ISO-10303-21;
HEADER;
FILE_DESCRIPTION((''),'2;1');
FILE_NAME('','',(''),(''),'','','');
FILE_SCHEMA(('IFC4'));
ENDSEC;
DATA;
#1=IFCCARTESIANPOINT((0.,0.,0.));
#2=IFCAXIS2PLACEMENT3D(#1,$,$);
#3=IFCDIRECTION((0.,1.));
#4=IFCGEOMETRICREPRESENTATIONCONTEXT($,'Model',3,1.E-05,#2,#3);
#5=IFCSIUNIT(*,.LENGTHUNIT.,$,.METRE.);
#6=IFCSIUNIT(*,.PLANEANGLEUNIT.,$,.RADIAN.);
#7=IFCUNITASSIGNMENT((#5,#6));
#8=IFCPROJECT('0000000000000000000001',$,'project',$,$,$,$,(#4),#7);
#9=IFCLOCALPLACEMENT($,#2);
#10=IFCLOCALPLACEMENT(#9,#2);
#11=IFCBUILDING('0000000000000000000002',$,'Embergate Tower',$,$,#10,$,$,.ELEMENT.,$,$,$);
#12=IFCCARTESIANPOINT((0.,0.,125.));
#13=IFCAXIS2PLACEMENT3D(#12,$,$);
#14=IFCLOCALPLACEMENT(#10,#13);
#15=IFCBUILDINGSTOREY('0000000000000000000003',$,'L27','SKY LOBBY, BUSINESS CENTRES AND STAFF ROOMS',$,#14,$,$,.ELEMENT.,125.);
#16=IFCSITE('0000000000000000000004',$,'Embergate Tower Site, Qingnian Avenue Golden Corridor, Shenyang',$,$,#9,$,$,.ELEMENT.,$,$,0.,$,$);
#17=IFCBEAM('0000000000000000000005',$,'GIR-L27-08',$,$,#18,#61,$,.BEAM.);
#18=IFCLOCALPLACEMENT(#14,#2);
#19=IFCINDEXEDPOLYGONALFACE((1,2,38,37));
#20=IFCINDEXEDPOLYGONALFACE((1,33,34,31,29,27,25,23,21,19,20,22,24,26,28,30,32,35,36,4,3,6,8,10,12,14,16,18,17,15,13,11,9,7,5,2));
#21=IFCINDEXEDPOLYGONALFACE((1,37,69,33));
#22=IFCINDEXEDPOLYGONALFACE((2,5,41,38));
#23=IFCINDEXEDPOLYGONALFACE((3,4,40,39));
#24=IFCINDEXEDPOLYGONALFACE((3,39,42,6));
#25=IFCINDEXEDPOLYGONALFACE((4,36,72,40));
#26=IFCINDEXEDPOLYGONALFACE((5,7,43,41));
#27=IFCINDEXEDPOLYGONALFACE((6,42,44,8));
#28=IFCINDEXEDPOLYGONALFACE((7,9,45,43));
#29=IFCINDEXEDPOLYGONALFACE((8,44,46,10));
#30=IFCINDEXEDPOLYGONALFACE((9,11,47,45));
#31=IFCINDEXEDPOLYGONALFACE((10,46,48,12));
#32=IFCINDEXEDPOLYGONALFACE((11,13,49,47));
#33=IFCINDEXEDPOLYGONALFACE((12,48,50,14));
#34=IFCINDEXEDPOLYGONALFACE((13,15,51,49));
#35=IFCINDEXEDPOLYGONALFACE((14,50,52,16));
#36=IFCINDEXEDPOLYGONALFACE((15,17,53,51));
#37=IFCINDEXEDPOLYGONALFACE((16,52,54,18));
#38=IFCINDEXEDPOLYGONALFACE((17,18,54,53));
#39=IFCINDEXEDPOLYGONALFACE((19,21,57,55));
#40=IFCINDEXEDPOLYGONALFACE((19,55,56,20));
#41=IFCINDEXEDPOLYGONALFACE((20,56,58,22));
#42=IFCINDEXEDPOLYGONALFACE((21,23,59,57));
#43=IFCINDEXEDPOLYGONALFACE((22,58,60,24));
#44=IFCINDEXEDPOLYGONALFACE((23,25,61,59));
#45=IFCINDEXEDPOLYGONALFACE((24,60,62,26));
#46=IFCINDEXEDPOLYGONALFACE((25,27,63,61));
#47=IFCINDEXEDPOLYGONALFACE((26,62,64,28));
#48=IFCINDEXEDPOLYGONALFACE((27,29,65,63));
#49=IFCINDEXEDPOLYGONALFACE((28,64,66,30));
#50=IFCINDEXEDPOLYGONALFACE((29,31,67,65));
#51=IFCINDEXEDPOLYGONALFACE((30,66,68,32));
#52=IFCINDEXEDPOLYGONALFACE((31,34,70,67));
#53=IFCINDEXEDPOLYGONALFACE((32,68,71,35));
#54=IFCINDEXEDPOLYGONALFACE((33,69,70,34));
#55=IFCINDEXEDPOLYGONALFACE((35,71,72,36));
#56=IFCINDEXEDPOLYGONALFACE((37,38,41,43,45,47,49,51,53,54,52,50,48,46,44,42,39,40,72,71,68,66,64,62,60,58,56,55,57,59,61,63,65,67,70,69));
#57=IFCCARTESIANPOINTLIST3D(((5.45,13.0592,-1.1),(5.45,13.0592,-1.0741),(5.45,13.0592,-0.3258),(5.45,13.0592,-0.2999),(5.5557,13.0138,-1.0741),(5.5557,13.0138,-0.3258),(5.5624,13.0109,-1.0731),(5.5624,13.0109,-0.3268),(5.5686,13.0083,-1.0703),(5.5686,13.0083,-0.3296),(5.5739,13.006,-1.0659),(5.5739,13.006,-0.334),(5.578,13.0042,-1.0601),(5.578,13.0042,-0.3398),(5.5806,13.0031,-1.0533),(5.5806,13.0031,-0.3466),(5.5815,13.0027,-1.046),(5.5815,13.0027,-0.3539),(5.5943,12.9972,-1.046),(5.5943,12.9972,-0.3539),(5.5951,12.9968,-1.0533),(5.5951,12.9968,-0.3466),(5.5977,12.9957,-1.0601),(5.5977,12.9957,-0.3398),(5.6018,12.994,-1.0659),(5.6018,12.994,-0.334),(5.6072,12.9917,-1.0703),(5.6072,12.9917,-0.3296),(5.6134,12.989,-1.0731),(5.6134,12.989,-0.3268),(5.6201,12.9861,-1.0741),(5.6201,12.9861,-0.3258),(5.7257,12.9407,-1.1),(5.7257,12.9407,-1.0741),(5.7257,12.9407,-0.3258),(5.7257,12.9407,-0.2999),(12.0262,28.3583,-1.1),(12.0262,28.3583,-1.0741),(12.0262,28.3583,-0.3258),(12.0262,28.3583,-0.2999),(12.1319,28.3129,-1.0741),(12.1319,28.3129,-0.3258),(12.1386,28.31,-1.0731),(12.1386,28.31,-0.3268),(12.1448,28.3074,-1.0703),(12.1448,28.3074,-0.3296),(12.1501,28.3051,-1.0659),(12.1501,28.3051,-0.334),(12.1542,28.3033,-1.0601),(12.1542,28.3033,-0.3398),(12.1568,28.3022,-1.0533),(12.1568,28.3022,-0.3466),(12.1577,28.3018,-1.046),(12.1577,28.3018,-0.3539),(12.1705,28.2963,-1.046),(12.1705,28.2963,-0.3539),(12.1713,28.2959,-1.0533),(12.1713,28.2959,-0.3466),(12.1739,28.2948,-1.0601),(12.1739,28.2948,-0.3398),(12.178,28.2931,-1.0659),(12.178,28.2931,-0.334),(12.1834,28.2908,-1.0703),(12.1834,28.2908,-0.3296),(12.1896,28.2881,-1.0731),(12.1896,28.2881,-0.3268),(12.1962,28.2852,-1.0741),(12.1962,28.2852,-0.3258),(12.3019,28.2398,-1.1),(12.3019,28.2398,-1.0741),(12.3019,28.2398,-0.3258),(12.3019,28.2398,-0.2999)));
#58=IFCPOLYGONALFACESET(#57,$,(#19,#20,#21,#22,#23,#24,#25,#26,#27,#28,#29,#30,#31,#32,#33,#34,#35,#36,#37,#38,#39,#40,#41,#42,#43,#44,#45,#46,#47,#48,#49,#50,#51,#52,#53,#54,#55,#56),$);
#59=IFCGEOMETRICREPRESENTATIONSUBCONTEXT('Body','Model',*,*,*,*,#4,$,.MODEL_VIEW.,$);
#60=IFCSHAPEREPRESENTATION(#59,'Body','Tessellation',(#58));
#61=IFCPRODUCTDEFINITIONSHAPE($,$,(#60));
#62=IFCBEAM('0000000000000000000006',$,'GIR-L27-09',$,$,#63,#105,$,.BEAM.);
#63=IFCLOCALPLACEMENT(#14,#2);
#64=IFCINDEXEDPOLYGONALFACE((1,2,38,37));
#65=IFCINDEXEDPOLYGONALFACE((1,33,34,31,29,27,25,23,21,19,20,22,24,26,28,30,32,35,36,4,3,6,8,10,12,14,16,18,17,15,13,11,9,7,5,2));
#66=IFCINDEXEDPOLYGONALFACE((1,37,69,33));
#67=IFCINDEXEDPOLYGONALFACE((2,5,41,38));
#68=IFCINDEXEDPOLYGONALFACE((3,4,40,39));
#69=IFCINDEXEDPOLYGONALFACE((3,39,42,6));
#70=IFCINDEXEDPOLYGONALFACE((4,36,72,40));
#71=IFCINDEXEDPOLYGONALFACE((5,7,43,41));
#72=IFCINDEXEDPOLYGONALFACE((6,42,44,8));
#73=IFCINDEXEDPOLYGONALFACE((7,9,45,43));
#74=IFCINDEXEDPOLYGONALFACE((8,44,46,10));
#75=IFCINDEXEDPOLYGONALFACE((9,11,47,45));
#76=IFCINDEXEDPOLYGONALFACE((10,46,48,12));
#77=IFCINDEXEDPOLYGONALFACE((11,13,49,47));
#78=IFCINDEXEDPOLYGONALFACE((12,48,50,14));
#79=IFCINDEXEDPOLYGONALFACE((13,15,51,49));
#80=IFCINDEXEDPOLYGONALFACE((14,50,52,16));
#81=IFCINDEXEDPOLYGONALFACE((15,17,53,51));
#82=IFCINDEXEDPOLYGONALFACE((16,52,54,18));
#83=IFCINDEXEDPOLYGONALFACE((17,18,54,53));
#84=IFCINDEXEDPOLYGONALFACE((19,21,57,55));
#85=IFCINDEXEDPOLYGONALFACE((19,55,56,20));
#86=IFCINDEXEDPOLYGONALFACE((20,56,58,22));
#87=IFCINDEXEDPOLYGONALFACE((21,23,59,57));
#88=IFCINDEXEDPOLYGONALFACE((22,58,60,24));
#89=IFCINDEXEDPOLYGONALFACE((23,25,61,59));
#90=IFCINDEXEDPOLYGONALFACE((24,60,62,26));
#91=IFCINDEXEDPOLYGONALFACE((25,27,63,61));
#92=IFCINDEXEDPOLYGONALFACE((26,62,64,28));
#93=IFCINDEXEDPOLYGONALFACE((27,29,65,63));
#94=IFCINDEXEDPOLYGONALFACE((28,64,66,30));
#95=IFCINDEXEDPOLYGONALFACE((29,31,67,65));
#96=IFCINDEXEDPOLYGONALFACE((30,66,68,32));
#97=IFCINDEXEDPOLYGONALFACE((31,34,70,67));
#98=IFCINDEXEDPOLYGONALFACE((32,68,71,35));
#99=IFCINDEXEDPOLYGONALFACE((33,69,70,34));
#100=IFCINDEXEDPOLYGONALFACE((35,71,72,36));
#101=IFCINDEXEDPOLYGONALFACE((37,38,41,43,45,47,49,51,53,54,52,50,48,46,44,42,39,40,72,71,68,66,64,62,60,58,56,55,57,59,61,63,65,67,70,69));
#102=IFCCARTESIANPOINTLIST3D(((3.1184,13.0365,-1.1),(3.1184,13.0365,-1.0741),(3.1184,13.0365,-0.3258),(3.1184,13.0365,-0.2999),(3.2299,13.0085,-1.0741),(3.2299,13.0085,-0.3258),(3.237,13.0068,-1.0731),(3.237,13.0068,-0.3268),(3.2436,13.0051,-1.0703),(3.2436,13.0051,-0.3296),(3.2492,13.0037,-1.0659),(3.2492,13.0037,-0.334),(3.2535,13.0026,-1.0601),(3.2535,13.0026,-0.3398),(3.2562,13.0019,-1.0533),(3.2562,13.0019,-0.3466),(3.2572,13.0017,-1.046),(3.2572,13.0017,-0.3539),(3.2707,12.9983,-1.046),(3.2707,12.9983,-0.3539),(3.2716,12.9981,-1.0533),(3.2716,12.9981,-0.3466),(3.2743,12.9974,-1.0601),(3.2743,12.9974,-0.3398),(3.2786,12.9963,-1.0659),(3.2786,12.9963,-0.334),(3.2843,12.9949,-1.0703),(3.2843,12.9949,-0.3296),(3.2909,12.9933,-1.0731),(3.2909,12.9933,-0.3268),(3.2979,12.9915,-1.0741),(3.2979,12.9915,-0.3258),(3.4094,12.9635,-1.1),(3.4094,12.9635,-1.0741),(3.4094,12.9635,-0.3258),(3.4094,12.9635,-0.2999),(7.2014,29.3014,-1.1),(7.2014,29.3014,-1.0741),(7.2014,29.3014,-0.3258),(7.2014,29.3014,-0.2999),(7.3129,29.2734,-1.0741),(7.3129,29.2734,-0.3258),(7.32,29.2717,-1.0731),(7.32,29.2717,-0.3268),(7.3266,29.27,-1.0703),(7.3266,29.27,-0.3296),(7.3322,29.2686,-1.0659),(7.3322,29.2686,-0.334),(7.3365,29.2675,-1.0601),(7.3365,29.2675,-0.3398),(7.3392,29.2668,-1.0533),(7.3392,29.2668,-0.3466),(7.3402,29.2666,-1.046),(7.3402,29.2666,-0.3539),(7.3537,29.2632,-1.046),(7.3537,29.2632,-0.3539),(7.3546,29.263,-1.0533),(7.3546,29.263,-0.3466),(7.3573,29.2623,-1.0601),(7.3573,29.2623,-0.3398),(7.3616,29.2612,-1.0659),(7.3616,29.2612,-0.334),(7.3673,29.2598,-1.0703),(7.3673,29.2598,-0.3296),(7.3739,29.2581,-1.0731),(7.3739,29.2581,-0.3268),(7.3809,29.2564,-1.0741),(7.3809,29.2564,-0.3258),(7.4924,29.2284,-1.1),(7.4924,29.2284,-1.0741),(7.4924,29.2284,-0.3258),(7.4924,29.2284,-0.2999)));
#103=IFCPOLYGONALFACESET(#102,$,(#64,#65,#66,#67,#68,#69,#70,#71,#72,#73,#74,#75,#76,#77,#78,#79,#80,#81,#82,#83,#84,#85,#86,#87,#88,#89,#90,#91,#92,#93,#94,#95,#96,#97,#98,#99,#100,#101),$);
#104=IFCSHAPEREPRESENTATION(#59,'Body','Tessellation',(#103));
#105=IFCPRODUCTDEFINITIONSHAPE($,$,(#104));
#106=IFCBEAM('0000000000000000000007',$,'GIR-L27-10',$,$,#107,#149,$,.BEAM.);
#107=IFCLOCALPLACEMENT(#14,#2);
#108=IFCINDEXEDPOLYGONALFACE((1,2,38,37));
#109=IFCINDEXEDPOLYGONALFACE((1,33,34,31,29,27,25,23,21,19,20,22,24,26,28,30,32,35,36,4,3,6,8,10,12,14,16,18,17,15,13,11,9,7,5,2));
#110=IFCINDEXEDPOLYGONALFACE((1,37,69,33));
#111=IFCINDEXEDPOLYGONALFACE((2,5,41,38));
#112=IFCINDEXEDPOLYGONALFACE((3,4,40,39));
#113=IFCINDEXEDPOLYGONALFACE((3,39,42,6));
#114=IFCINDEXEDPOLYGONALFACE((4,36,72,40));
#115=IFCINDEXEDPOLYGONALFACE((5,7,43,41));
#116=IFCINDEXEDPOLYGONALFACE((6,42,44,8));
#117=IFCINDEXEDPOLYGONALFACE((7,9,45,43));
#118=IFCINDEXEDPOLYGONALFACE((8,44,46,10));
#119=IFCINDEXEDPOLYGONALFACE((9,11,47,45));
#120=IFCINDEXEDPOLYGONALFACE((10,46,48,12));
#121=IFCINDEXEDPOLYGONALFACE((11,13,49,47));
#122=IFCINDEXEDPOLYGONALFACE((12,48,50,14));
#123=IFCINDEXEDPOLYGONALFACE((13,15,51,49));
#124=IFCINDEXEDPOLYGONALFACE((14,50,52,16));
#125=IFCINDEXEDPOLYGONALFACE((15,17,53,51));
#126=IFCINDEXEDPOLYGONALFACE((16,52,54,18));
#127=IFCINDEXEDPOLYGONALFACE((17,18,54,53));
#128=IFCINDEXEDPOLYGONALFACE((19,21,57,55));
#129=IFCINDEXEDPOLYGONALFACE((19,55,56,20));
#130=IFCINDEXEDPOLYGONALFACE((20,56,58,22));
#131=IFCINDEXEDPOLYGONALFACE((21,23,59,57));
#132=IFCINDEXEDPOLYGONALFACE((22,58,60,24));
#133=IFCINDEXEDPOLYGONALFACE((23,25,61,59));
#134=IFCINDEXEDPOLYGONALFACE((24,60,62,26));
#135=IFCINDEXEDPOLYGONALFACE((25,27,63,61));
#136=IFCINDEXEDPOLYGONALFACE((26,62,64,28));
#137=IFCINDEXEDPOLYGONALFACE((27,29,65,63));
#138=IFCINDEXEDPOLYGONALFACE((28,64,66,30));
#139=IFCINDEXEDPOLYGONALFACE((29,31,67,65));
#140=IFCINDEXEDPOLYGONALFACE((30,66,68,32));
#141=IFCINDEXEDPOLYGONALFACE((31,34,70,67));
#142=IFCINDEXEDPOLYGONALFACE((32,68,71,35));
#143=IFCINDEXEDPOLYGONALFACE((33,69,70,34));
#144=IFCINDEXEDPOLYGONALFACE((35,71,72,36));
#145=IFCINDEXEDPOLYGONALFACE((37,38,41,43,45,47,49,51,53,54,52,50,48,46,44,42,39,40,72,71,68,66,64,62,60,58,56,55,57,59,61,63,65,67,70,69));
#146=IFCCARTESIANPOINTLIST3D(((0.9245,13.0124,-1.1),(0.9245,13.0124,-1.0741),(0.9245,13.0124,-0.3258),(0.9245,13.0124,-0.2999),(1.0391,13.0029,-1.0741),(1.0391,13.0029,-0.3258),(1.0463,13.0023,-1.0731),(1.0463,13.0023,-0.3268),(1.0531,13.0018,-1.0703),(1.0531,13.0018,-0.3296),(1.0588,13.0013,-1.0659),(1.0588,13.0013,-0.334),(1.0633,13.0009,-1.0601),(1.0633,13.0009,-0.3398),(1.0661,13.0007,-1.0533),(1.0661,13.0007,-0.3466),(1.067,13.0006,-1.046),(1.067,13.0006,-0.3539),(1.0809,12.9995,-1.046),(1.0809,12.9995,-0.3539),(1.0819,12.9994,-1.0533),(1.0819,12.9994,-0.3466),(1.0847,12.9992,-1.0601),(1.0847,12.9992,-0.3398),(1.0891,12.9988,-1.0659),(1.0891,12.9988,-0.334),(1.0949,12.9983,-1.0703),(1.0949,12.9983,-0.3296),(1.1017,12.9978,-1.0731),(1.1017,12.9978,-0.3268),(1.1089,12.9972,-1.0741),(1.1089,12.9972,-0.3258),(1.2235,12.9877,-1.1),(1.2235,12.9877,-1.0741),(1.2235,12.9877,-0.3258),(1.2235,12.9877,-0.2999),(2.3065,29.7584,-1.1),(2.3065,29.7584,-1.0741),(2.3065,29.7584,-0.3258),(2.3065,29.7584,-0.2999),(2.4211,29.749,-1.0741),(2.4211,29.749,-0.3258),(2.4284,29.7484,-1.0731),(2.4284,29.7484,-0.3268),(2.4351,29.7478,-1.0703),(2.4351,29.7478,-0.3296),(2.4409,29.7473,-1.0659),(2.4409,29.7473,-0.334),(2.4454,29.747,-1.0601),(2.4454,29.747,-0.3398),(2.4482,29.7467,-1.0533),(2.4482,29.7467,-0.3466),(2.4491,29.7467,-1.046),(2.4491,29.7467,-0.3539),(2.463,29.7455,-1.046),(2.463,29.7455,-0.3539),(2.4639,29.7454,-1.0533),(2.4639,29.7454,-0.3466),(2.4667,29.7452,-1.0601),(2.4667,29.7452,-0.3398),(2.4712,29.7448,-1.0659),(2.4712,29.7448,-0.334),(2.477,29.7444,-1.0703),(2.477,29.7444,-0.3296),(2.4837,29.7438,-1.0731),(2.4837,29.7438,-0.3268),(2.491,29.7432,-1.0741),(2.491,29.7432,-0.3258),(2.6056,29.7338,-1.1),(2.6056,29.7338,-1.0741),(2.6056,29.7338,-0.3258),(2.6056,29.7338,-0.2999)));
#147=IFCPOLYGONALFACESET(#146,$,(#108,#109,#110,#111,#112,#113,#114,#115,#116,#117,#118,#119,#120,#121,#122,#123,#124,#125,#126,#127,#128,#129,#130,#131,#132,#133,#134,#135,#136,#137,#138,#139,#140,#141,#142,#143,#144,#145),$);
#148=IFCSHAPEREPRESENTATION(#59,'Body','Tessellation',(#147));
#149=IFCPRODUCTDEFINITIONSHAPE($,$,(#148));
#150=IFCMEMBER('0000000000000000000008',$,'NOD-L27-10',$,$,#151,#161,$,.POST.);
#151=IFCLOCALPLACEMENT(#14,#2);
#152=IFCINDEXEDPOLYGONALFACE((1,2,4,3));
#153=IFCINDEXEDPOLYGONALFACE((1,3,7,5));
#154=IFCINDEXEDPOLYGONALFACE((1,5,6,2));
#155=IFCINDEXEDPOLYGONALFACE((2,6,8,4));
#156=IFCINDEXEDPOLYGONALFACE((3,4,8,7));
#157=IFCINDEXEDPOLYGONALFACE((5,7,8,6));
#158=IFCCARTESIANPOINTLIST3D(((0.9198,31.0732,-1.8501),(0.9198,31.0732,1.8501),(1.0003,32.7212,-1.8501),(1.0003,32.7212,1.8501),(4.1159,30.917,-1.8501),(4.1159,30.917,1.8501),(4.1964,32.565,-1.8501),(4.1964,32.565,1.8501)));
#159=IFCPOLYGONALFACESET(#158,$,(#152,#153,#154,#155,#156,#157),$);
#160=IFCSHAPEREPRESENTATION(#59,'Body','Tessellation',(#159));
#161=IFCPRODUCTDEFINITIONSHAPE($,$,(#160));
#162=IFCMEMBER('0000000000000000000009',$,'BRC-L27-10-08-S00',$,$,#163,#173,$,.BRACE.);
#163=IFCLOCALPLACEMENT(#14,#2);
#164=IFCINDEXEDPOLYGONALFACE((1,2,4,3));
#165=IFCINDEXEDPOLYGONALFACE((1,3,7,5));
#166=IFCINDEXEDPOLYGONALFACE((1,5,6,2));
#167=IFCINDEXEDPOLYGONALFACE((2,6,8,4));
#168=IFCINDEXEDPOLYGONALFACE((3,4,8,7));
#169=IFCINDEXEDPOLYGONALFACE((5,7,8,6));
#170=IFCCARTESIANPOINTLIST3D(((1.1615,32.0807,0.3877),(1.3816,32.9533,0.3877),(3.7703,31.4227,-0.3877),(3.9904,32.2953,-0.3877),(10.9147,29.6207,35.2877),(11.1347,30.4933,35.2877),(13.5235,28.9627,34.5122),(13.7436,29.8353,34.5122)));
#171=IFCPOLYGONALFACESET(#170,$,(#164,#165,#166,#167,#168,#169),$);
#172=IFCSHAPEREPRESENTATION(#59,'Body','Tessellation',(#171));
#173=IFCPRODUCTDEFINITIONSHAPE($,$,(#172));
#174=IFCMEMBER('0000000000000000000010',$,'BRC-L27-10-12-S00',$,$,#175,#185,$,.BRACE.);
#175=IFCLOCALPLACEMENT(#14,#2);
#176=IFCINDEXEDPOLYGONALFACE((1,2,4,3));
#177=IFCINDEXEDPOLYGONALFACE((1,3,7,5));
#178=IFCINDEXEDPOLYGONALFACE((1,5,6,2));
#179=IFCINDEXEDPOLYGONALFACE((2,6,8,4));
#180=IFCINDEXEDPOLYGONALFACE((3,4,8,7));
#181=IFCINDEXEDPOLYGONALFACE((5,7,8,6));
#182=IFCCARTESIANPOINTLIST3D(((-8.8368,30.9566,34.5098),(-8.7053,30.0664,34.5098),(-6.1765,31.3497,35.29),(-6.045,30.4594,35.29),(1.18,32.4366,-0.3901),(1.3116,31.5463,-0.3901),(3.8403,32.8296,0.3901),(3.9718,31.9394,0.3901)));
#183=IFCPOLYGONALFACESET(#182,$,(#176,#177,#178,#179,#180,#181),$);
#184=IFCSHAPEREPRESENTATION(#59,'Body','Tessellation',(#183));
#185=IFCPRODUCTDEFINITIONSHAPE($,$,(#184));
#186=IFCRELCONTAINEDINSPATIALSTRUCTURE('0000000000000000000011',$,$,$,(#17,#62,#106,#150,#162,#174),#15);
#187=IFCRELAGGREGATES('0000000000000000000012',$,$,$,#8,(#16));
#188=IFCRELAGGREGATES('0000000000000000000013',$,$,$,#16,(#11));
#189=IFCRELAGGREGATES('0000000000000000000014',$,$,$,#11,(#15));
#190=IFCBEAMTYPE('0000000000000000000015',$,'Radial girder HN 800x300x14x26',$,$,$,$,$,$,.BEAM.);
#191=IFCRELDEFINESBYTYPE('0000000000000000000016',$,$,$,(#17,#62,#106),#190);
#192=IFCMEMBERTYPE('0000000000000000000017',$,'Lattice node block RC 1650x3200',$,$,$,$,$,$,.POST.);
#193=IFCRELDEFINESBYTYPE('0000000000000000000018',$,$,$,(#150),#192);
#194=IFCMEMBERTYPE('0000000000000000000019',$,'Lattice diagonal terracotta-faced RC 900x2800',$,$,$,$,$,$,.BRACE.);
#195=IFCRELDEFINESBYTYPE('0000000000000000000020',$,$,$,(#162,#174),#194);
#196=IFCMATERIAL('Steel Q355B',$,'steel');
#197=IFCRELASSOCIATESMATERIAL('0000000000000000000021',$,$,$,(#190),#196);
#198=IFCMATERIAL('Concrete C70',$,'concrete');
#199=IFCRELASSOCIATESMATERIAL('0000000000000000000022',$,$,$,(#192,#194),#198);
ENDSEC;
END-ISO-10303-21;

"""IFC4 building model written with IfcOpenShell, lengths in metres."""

from ifc_helpers import new_model, si_unit, direction, frame, origin, origin_2d, place, context, subcontext, project, spatial, rectangle, i_section, extrude, source, transform, mapped, material, material_profile, profile_set, type_object, element, save


model = new_model("IFC4")

# Units and contexts
model_context = context("Model", 3, precision=1e-05, world=origin(), true_north=direction((0.0, 1.0)))
body_context = subcontext(model_context, "Body", "Model", "MODEL_VIEW")
ifc_project = project(units=[si_unit("LENGTHUNIT", "METRE"), si_unit("PLANEANGLEUNIT", "RADIAN")], contexts=[model_context])

# Site, building, storey
site_placement = place(None, origin())
site = spatial("IfcSite", under=ifc_project, at=site_placement, Name="Embergate Tower Site, Qingnian Avenue Golden Corridor, Shenyang", CompositionType="ELEMENT", RefElevation=0.0)
building_placement = place(site_placement, origin())
building = spatial("IfcBuilding", under=site, at=building_placement, Name="Embergate Tower", CompositionType="ELEMENT")
storey_placement = place(building_placement, frame((0.0, 0.0, 125.0)))
storey = spatial("IfcBuildingStorey", under=building, at=storey_placement, Name="L27", Description="SKY LOBBY, BUSINESS CENTRES AND STAFF ROOMS", CompositionType="ELEMENT", Elevation=125.0)

# Shared definitions
ifc_material_1 = material(Name="Concrete C70", Category="concrete")

# Beams
ifc_material_2 = material(Name="Steel Q355B", Category="steel")
ifc_material_profile_1 = material_profile(ifc_material_2, i_section(OverallWidth=0.3, OverallDepth=0.8, WebThickness=0.0139, FlangeThickness=0.0259, FilletRadius=0.0281, at=origin_2d()), Name="HN 800x300x14x26")
ifc_profile_set_1 = profile_set([ifc_material_profile_1], Name="Steel Q355 grade B")
beam_type_1 = type_object("IfcBeamType", Name="Radial girder HN 800x300x14x26", PredefinedType="BEAM", material=ifc_profile_set_1)
shared_shape_1 = source(origin(), body_context, "Body", "SweptSolid", [
    extrude(i_section(OverallWidth=0.3, OverallDepth=0.8, WebThickness=0.0139, FlangeThickness=0.0259, FilletRadius=0.0281, at=origin_2d()), origin(), (0.0, 0.0, 1.0), 16.6526),
])
beam_1_placement = place(storey_placement, frame((12.1641, 28.2991, -0.7), z_axis=(-0.394905, -0.918722, 0.0), x_axis=(0.918722, -0.394905, 0.0)))
element("IfcBeam", 1, at=beam_1_placement, inside=storey, type_object=beam_type_1, Name="GIR-L27-08", PredefinedType="BEAM", context=body_context, shape_type="MappedRepresentation", body=[
    mapped(shared_shape_1, transform((0.0, 0.0, 0.0))),
])
shared_shape_2 = source(origin(), body_context, "Body", "SweptSolid", [
    extrude(i_section(OverallWidth=0.3, OverallDepth=0.8, WebThickness=0.0139, FlangeThickness=0.0259, FilletRadius=0.0281, at=origin_2d()), origin(), (0.0, 0.0, 1.0), 16.7695),
])
beam_2_placement = place(storey_placement, frame((7.3469, 29.2649, -0.7), z_axis=(-0.243478, -0.969907, 0.0), x_axis=(0.969907, -0.243478, 0.0)))
element("IfcBeam", 2, at=beam_2_placement, inside=storey, type_object=beam_type_1, Name="GIR-L27-09", PredefinedType="BEAM", context=body_context, shape_type="MappedRepresentation", body=[
    mapped(shared_shape_2, transform((0.0, 0.0, 0.0))),
])
shared_shape_3 = source(origin(), body_context, "Body", "SweptSolid", [
    extrude(i_section(OverallWidth=0.3, OverallDepth=0.8, WebThickness=0.0139, FlangeThickness=0.0259, FilletRadius=0.0281, at=origin_2d()), origin(), (0.0, 0.0, 1.0), 16.803),
])
beam_3_placement = place(storey_placement, frame((2.4561, 29.7461, -0.7), z_axis=(-0.082252, -0.996612, 0.0), x_axis=(0.996612, -0.082252, 0.0)))
element("IfcBeam", 3, at=beam_3_placement, inside=storey, type_object=beam_type_1, Name="GIR-L27-10", PredefinedType="BEAM", context=body_context, shape_type="MappedRepresentation", body=[
    mapped(shared_shape_3, transform((0.0, 0.0, 0.0))),
])

# Members
ifc_material_profile_2 = material_profile(ifc_material_1, rectangle(XDim=1.6499, YDim=3.2, at=origin_2d()), Name="RC 1650x3200")
ifc_profile_set_2 = profile_set([ifc_material_profile_2], Name="Concrete C70")
member_type_1 = type_object("IfcMemberType", Name="Lattice node block RC 1650x3200", PredefinedType="POST", material=ifc_profile_set_2)
shared_shape_4 = source(origin(), body_context, "Body", "SweptSolid", [
    extrude(rectangle(XDim=1.6499, YDim=3.2, at=origin_2d()), origin(), (0.0, 0.0, 1.0), 3.7002),
])
member_1_placement = place(storey_placement, frame((2.5581, 31.8191, -1.8501), z_axis=(0.0, 0.0, 1.0), x_axis=(0.048815, 0.998808, 0.0)))
element("IfcMember", 4, at=member_1_placement, inside=storey, type_object=member_type_1, Name="NOD-L27-10", PredefinedType="POST", context=body_context, shape_type="MappedRepresentation", body=[
    mapped(shared_shape_4, transform((0.0, 0.0, 0.0))),
])
ifc_material_profile_3 = material_profile(ifc_material_1, rectangle(XDim=0.8999, YDim=2.8, at=origin_2d()), Name="RC 900x2800")
ifc_profile_set_3 = profile_set([ifc_material_profile_3], Name="Concrete C70")
member_type_2 = type_object("IfcMemberType", Name="Lattice diagonal terracotta-faced RC 900x2800", PredefinedType="BRACE", material=ifc_profile_set_3)
shared_shape_5 = source(origin(), body_context, "Body", "SweptSolid", [
    extrude(rectangle(XDim=0.8999, YDim=2.8, at=origin_2d()), origin(), (0.0, 0.0, 1.0), 36.3206),
])
member_2_placement = place(storey_placement, frame((2.5759, 32.188, 0.0), z_axis=(0.268531, -0.067729, 0.960887), x_axis=(0.244563, 0.969634, 0.0)))
element("IfcMember", 5, at=member_2_placement, inside=storey, type_object=member_type_2, Name="BRC-L27-10-08-S00", PredefinedType="BRACE", context=body_context, shape_type="MappedRepresentation", body=[
    mapped(shared_shape_5, transform((0.0, 0.0, 0.0))),
])
shared_shape_6 = source(origin(), body_context, "Body", "SweptSolid", [
    extrude(rectangle(XDim=0.8999, YDim=2.8, at=origin_2d()), origin(), (0.0, 0.0, 1.0), 36.3391),
])
member_3_placement = place(storey_placement, frame((2.5759, 32.188, 0.0), z_axis=(-0.275649, -0.040727, 0.960395), x_axis=(0.146162, -0.989261, 0.0)))
element("IfcMember", 6, at=member_3_placement, inside=storey, type_object=member_type_2, Name="BRC-L27-10-12-S00", PredefinedType="BRACE", context=body_context, shape_type="MappedRepresentation", body=[
    mapped(shared_shape_6, transform((0.0, 0.0, 0.0))),
])

save(model, "model.ifc")
